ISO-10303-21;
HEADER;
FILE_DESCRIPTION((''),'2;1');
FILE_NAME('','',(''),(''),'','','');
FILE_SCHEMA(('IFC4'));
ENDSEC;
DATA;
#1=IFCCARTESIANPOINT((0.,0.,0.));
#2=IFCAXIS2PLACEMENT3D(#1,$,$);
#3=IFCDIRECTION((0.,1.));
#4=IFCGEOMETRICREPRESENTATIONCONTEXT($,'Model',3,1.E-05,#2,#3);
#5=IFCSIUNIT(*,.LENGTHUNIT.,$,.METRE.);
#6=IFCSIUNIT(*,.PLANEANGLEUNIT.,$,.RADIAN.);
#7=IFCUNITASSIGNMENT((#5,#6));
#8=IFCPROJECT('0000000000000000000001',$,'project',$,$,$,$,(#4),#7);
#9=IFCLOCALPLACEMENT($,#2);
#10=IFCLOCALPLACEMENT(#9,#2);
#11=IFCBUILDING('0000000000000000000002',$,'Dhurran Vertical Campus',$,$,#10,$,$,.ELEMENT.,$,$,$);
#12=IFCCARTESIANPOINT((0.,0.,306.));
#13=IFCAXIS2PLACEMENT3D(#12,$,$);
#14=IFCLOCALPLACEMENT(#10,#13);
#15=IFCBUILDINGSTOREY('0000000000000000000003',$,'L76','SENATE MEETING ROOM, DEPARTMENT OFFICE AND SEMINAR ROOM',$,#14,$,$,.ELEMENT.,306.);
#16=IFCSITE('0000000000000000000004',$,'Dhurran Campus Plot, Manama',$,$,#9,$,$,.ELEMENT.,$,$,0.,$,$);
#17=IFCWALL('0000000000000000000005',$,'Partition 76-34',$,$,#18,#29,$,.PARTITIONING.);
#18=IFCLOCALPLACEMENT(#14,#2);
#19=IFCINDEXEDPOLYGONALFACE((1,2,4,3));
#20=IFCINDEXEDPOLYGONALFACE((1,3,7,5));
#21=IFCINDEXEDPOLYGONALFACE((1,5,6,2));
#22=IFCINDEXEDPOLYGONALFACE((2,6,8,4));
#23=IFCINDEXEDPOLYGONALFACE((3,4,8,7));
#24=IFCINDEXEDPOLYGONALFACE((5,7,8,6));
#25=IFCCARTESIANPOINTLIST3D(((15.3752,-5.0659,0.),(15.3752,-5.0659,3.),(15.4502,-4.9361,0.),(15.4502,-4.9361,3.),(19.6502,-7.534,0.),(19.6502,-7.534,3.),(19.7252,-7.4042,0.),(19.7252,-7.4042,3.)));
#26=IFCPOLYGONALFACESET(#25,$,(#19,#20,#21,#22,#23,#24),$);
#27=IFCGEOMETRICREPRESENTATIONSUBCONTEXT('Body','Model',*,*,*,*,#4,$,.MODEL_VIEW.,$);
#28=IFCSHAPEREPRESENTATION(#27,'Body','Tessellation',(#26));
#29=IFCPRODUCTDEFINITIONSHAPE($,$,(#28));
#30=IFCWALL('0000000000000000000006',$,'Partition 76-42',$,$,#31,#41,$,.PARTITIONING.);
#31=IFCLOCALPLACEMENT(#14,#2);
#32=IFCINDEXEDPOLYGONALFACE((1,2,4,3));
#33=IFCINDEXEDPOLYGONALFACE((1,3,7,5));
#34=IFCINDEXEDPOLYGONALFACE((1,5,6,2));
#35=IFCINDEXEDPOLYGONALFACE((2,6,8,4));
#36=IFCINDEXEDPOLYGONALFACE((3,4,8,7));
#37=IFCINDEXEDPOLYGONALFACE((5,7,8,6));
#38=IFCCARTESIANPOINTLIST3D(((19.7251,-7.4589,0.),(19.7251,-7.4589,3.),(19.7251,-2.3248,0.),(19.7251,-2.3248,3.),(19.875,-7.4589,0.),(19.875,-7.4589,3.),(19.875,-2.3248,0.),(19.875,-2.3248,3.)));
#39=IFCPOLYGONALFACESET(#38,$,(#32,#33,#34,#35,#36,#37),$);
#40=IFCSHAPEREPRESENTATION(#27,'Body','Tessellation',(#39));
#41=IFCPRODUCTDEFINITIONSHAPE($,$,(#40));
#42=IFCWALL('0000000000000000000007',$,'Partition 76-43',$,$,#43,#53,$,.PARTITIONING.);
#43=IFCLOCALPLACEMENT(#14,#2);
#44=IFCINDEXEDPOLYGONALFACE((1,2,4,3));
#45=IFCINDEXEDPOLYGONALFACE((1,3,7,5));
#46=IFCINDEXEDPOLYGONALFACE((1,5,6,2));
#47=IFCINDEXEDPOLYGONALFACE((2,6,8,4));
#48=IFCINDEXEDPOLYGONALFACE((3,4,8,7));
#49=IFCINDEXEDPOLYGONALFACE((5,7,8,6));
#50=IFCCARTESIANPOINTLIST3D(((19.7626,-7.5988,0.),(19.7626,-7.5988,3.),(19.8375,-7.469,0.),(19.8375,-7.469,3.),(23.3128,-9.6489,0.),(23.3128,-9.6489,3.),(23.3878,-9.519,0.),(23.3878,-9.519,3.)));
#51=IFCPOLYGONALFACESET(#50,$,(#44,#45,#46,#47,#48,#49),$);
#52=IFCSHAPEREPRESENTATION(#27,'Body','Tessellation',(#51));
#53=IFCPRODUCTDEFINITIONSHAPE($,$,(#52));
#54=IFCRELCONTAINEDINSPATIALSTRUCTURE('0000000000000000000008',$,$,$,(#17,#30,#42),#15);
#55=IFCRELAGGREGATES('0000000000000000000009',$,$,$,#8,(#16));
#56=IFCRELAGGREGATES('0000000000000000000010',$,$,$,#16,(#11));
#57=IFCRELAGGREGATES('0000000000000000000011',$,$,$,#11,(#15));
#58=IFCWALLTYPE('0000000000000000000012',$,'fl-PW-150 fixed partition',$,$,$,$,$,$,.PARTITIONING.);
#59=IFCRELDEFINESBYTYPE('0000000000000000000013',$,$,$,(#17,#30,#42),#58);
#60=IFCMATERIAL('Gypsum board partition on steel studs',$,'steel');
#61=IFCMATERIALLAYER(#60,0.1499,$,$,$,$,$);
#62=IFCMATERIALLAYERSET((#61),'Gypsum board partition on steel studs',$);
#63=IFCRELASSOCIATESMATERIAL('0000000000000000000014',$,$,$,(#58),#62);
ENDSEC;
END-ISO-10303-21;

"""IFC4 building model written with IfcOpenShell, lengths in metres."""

from ifc_helpers import new_model, si_unit, direction, frame, frame_2d, origin, place, context, subcontext, project, spatial, rectangle, extrude, material, layer, layer_set, type_object, element, save


model = new_model("IFC4")

# Units and contexts
model_context = context("Model", 3, precision=1e-05, world=origin(), true_north=direction((0.0, 1.0)))
body_context = subcontext(model_context, "Body", "Model", "MODEL_VIEW")
ifc_project = project(units=[si_unit("LENGTHUNIT", "METRE"), si_unit("PLANEANGLEUNIT", "RADIAN")], contexts=[model_context])

# Site, building, storey
site_placement = place(None, origin())
site = spatial("IfcSite", under=ifc_project, at=site_placement, Name="Dhurran Campus Plot, Manama", CompositionType="ELEMENT", RefElevation=0.0)
building_placement = place(site_placement, origin())
building = spatial("IfcBuilding", under=site, at=building_placement, Name="Dhurran Vertical Campus", CompositionType="ELEMENT")
storey_placement = place(building_placement, frame((0.0, 0.0, 306.0)))
storey = spatial("IfcBuildingStorey", under=building, at=storey_placement, Name="L76", Description="SENATE MEETING ROOM, DEPARTMENT OFFICE AND SEMINAR ROOM", CompositionType="ELEMENT", Elevation=306.0)

# Walls
ifc_material_1 = material(Name="Gypsum board partition on steel studs", Category="steel")
ifc_layer_1 = layer(ifc_material_1, 0.1499)
ifc_layer_set_1 = layer_set([ifc_layer_1], Name="Gypsum board partition on steel studs")
wall_type_1 = type_object("IfcWallType", Name="fl-PW-150 fixed partition", PredefinedType="PARTITIONING", material=ifc_layer_set_1)
wall_1_placement = place(storey_placement, frame((15.4126, -5.001, 0.0), z_axis=(0.0, 0.0, 1.0), x_axis=(0.866034, -0.499985, 0.0)))
element("IfcWall", 1, at=wall_1_placement, inside=storey, type_object=wall_type_1, Name="Partition 76-34", PredefinedType="PARTITIONING", context=body_context, shape_type="SweptSolid", body=[
    extrude(rectangle(XDim=4.9363, YDim=0.1499, at=frame_2d((2.4683, 0.0))), origin(), (0.0, 0.0, 1.0), 3.0),
])
wall_2_placement = place(storey_placement, frame((19.8, -2.325, 0.0), z_axis=(0.0, 0.0, 1.0), x_axis=(0.0, -1.0, 0.0)))
element("IfcWall", 2, at=wall_2_placement, inside=storey, type_object=wall_type_1, Name="Partition 76-42", PredefinedType="PARTITIONING", context=body_context, shape_type="SweptSolid", body=[
    extrude(rectangle(XDim=5.134, YDim=0.1499, at=frame_2d((2.5669, 0.0))), origin(), (0.0, 0.0, 1.0), 3.0),
])
wall_3_placement = place(storey_placement, frame((19.8, -7.5339, 0.0), z_axis=(0.0, 0.0, 1.0), x_axis=(0.865995, -0.500052, 0.0)))
element("IfcWall", 3, at=wall_3_placement, inside=storey, type_object=wall_type_1, Name="Partition 76-43", PredefinedType="PARTITIONING", context=body_context, shape_type="SweptSolid", body=[
    extrude(rectangle(XDim=4.0996, YDim=0.1499, at=frame_2d((2.0498, 0.0))), origin(), (0.0, 0.0, 1.0), 3.0),
])

save(model, "model.ifc")
